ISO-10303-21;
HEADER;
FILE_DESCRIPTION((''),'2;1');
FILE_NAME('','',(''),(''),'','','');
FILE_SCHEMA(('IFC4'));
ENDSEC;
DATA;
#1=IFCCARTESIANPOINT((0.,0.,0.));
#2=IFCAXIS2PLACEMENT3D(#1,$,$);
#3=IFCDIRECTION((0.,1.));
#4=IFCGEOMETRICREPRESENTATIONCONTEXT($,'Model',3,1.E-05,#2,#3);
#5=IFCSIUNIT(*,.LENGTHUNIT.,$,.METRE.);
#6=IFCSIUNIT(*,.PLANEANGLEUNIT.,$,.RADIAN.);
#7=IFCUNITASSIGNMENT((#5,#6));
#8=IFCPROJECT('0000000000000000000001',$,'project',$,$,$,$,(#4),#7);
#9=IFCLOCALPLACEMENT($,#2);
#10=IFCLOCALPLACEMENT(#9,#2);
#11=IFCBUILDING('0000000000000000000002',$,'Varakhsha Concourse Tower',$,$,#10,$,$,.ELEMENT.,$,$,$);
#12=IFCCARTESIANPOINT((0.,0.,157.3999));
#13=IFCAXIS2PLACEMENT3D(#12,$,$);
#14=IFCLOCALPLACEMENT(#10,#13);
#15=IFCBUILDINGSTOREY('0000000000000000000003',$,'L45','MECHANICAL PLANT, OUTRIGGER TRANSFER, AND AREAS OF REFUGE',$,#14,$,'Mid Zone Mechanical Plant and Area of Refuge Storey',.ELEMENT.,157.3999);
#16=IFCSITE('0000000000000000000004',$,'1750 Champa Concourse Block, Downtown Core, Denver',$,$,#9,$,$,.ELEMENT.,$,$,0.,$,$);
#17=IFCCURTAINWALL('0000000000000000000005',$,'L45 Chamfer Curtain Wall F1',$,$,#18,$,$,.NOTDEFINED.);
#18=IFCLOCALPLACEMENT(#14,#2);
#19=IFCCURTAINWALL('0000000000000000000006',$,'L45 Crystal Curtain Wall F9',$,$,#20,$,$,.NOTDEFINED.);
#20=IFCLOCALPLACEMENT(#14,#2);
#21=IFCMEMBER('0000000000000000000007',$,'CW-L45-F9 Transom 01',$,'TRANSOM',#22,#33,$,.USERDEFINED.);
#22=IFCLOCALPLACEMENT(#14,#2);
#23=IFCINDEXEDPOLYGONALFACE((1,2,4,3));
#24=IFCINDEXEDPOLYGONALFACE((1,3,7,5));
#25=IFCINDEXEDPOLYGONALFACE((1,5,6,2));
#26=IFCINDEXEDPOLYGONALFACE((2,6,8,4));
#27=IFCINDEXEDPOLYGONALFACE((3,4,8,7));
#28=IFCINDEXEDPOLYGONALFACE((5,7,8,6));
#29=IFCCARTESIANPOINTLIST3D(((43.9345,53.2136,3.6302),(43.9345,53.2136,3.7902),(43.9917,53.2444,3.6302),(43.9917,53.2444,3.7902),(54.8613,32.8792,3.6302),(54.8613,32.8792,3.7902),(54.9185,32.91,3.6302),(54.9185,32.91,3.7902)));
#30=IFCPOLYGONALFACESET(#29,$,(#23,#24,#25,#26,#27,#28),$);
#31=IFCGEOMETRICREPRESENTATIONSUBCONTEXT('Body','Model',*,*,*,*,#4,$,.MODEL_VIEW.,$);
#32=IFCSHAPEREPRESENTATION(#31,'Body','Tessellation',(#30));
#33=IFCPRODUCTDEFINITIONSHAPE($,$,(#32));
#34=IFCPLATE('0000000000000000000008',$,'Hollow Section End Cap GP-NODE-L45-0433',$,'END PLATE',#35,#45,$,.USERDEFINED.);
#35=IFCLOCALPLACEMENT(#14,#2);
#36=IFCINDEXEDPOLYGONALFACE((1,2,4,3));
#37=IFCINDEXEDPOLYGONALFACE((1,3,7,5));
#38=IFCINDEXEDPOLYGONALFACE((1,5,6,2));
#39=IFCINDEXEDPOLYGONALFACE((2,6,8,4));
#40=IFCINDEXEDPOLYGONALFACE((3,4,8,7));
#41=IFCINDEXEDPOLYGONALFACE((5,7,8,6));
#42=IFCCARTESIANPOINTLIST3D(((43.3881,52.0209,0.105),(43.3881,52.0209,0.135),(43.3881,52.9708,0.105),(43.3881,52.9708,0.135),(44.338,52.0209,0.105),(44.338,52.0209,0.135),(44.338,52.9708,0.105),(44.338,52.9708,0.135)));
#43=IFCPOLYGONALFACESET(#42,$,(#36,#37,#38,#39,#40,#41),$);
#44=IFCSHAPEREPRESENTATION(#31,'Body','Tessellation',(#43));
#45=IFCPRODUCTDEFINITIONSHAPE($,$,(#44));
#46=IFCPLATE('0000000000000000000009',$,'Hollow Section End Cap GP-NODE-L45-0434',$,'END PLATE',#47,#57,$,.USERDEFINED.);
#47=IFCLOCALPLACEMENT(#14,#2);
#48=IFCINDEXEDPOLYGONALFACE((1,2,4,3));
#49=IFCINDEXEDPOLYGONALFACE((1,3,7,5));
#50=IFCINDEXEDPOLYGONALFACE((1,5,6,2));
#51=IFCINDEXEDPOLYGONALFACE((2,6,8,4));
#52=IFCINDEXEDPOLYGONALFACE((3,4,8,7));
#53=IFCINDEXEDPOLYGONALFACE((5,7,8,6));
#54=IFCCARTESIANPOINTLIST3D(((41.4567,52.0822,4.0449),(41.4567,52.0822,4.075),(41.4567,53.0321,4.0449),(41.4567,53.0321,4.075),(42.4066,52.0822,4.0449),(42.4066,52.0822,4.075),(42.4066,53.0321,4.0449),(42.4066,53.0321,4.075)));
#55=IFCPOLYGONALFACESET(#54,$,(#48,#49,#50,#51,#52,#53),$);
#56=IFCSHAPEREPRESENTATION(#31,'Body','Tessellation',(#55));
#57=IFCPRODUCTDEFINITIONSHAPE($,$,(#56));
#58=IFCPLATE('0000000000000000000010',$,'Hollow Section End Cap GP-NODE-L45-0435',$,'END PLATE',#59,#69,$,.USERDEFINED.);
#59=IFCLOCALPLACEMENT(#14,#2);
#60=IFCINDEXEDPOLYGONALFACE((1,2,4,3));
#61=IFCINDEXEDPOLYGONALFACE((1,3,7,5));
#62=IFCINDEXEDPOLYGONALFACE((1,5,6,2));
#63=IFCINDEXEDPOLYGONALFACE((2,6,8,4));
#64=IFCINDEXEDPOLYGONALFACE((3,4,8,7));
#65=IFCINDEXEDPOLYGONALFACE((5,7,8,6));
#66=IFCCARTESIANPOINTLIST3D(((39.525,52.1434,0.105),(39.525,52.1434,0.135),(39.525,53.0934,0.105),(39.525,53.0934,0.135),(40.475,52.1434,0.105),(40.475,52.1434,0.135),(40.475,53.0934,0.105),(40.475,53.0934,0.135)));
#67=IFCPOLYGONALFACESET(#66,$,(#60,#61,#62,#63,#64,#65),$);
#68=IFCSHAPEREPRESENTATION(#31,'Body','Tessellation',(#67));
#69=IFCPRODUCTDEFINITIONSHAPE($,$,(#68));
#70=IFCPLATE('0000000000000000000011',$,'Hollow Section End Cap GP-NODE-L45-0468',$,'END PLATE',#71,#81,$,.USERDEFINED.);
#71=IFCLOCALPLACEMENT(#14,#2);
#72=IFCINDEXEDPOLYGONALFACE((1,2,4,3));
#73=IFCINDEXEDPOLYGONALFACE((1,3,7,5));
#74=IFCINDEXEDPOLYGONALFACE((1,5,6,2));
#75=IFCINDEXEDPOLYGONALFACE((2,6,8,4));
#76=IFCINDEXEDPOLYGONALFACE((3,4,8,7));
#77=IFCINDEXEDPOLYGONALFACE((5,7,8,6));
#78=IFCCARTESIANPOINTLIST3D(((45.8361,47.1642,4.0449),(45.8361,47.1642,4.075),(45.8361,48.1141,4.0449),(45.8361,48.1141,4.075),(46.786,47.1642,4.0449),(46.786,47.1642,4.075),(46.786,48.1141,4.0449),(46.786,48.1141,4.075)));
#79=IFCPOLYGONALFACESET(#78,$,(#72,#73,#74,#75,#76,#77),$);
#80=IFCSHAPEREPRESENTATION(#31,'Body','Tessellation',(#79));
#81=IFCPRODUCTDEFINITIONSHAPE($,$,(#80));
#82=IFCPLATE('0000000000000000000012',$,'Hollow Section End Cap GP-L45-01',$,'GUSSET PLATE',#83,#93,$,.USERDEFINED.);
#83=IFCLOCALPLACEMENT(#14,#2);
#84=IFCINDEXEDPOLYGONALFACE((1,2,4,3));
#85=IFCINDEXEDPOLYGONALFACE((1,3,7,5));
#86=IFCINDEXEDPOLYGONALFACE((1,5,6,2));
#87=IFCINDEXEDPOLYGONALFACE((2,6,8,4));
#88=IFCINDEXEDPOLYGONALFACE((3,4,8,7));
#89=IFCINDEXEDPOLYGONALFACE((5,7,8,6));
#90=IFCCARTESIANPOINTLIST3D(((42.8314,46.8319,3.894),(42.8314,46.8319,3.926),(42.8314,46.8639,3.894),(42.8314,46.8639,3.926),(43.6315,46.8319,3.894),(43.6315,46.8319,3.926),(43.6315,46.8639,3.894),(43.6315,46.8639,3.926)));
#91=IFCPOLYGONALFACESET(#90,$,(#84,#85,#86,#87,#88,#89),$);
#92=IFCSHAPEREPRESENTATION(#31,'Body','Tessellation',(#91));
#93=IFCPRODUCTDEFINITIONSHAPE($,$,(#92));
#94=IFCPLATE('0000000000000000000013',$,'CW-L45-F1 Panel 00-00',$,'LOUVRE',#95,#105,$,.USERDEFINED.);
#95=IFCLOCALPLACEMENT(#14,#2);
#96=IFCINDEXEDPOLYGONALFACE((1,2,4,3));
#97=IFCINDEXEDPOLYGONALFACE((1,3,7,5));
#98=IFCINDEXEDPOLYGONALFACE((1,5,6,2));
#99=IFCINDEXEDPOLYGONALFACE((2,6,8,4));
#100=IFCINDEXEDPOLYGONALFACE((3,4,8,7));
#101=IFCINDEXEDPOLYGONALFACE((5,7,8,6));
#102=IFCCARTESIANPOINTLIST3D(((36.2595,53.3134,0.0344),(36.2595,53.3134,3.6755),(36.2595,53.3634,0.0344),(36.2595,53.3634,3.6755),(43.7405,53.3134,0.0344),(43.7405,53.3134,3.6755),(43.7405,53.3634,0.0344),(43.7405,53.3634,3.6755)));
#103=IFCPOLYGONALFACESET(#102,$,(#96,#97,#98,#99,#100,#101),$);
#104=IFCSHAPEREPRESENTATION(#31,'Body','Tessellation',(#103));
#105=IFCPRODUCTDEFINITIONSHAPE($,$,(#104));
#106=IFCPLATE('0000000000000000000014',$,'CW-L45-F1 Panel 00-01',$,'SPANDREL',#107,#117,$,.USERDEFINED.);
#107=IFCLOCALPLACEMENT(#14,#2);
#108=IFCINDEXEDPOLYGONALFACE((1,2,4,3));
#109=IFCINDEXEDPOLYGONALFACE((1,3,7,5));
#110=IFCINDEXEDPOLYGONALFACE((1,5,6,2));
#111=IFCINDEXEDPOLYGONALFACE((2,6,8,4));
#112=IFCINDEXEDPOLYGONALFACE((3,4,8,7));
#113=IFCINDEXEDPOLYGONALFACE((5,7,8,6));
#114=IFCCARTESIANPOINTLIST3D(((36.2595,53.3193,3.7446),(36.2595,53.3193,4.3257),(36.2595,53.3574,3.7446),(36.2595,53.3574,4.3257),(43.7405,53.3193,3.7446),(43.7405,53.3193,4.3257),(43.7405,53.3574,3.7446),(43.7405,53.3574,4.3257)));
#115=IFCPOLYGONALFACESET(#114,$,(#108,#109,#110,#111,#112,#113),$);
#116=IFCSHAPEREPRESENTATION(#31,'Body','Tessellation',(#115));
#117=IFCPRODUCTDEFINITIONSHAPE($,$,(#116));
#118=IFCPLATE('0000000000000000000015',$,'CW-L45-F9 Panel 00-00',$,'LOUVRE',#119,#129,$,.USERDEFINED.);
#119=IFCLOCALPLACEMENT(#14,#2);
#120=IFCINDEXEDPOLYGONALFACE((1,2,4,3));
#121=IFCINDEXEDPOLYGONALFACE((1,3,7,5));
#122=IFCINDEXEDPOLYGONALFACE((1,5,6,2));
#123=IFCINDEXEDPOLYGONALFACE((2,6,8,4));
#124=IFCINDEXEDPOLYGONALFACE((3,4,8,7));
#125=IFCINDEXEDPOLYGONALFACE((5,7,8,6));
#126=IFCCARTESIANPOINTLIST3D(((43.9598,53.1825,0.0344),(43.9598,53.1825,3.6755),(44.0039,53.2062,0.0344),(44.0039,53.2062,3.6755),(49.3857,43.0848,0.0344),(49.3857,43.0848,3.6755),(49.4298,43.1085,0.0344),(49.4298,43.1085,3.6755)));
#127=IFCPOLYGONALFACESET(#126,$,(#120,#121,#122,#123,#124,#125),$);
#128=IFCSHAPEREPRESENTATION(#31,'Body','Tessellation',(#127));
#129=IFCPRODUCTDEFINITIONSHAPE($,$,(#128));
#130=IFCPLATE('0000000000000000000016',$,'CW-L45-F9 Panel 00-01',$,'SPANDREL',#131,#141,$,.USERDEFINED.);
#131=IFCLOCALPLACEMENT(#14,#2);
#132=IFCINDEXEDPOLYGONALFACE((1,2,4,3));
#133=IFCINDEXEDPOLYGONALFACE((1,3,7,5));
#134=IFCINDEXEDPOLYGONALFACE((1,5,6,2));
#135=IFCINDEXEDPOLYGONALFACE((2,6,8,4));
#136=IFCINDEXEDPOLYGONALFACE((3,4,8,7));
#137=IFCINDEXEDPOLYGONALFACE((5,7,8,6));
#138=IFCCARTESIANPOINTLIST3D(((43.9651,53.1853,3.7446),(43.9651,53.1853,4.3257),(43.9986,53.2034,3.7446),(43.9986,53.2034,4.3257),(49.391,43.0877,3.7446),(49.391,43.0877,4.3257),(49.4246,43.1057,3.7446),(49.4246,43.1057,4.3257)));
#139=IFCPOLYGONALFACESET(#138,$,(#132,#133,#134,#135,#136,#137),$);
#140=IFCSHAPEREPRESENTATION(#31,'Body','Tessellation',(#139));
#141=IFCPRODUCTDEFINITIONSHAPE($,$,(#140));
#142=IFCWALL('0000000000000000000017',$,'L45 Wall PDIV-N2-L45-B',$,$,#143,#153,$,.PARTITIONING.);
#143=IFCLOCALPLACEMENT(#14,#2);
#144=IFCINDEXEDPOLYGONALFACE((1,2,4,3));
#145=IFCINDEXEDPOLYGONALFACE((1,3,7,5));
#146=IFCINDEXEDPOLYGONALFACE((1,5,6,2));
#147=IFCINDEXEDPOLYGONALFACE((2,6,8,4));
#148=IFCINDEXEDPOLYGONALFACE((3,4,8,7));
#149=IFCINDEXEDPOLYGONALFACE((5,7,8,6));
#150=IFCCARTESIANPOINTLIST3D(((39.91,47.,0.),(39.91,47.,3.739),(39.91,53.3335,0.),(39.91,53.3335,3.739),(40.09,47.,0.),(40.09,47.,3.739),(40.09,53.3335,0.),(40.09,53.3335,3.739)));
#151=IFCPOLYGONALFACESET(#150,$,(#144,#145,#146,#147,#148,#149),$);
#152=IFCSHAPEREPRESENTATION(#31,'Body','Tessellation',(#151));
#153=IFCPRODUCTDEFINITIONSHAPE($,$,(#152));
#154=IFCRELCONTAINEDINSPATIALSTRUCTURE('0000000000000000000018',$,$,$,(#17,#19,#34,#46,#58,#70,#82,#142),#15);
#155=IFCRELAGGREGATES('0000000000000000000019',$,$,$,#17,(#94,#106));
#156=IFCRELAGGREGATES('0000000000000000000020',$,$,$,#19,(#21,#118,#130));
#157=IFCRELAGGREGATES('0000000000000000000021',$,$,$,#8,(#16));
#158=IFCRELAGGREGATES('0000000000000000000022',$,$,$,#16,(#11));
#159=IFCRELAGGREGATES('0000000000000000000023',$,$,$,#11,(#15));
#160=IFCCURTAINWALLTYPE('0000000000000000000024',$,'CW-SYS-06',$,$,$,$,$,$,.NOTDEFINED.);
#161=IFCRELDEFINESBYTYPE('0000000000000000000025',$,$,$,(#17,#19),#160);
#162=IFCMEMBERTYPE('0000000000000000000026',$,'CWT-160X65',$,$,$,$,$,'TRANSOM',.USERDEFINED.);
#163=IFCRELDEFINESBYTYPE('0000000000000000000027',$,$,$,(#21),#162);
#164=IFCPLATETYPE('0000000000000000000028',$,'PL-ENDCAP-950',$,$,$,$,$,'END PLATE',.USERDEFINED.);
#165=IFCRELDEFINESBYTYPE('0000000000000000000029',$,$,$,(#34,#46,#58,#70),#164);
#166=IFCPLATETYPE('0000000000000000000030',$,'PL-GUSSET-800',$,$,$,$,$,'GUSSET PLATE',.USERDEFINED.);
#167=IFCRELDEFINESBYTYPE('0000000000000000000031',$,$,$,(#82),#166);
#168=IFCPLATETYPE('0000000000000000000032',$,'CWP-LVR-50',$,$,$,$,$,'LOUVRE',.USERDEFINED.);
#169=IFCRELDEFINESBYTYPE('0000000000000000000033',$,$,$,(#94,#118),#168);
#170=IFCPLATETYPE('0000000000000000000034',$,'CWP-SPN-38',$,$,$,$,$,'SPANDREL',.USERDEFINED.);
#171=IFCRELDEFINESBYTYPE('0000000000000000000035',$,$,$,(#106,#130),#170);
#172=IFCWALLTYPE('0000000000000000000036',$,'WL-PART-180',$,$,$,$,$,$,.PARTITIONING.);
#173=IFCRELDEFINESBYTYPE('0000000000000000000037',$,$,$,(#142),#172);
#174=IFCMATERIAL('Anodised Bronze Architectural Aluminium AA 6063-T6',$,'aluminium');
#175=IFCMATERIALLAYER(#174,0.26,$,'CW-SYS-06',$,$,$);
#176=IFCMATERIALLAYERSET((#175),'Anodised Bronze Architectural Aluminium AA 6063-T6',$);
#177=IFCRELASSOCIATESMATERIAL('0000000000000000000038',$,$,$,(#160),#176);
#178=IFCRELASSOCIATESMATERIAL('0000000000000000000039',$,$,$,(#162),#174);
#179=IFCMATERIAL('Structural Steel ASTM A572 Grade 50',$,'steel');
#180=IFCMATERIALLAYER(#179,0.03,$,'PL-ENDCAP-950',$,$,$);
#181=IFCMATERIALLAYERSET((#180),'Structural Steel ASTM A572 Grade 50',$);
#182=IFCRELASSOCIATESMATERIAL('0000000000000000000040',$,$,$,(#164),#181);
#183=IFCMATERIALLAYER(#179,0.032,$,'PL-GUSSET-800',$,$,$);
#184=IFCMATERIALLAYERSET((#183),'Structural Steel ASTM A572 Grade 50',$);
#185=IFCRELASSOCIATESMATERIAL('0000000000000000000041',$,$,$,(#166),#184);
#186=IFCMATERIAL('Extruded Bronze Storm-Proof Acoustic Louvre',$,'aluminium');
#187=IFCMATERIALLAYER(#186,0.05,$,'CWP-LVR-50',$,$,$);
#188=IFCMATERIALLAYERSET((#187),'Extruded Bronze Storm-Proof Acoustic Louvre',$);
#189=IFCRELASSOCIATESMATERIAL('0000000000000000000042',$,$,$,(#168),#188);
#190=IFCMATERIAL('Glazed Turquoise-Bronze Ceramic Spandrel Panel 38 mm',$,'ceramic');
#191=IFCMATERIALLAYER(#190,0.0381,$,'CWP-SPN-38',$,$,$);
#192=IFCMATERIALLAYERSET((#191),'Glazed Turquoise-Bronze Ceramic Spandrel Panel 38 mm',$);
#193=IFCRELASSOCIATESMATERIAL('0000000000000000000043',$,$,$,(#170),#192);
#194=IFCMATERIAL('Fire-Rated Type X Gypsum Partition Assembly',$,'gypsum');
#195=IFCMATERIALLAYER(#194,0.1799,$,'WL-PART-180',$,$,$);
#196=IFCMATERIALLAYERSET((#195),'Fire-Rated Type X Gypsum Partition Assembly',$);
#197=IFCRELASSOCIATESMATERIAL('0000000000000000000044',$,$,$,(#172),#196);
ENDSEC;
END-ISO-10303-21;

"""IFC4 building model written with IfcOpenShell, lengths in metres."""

from ifc_helpers import new_model, si_unit, direction, frame, frame_2d, origin, origin_2d, place, context, subcontext, project, spatial, rectangle, extrude, source, transform, mapped, material, layer, layer_set, material_profile, profile_set, type_object, type_shapes, element, aggregate, save


model = new_model("IFC4")

# Units and contexts
model_context = context("Model", 3, precision=1e-05, world=origin(), true_north=direction((0.0, 1.0)))
body_context = subcontext(model_context, "Body", "Model", "MODEL_VIEW")
ifc_project = project(units=[si_unit("LENGTHUNIT", "METRE"), si_unit("PLANEANGLEUNIT", "RADIAN")], contexts=[model_context])

# Site, building, storey
site_placement = place(None, origin())
site = spatial("IfcSite", under=ifc_project, at=site_placement, Name="1750 Champa Concourse Block, Downtown Core, Denver", CompositionType="ELEMENT", RefElevation=0.0)
building_placement = place(site_placement, origin())
building = spatial("IfcBuilding", under=site, at=building_placement, Name="Varakhsha Concourse Tower", CompositionType="ELEMENT")
storey_placement = place(building_placement, frame((0.0, 0.0, 157.3999)))
storey = spatial("IfcBuildingStorey", under=building, at=storey_placement, Name="L45", Description="MECHANICAL PLANT, OUTRIGGER TRANSFER, AND AREAS OF REFUGE", LongName="Mid Zone Mechanical Plant and Area of Refuge Storey", CompositionType="ELEMENT", Elevation=157.3999)

# Shared definitions
ifc_material_1 = material(Name="Structural Steel ASTM A572 Grade 50", Category="steel")

# Curtain wall
ifc_material_2 = material(Name="Anodised Bronze Architectural Aluminium AA 6063-T6", Category="aluminium")
ifc_layer_1 = layer(ifc_material_2, 0.26, Name="CW-SYS-06")
ifc_layer_set_1 = layer_set([ifc_layer_1], Name="Anodised Bronze Architectural Aluminium AA 6063-T6")
curtain_wall_type = type_object("IfcCurtainWallType", Name="CW-SYS-06", PredefinedType="NOTDEFINED", material=ifc_layer_set_1)
curtain_wall_1_placement = place(storey_placement, origin())
curtain_wall_1 = element("IfcCurtainWall", 1, at=curtain_wall_1_placement, inside=storey, type_object=curtain_wall_type, Name="L45 Chamfer Curtain Wall F1", PredefinedType="NOTDEFINED")

# Curtain wall, member
curtain_wall_2_placement = place(storey_placement, origin())
curtain_wall_2 = element("IfcCurtainWall", 2, at=curtain_wall_2_placement, inside=storey, type_object=curtain_wall_type, Name="L45 Crystal Curtain Wall F9", PredefinedType="NOTDEFINED")
ifc_material_profile_1 = material_profile(ifc_material_2, rectangle(XDim=0.0649, YDim=0.1599, at=origin_2d()), Name="CWT-160X65")
ifc_profile_set_1 = profile_set([ifc_material_profile_1], Name="Anodised Bronze Architectural Aluminium AA 6063-T6")
member_type_1 = type_object("IfcMemberType", Name="CWT-160X65", ElementType="TRANSOM", PredefinedType="USERDEFINED", material=ifc_profile_set_1)
shared_shape_1 = source(origin(), body_context, "Body", "SweptSolid", [
    extrude(rectangle(XDim=0.0649, YDim=0.1599, at=origin_2d()), origin(), (0.0, 0.0, 1.0), 23.0842),
])
type_shapes(member_type_1, [shared_shape_1])
member_1_placement = place(storey_placement, frame((43.9631, 53.229, 3.7102), z_axis=(0.473342, -0.880879, 0.0), x_axis=(0.880879, 0.473342, 0.0)))
member_1 = element("IfcMember", 3, at=member_1_placement, type_object=member_type_1, Name="CW-L45-F9 Transom 01", ObjectType="TRANSOM", PredefinedType="USERDEFINED", context=body_context, shape_type="MappedRepresentation", body=[
    mapped(shared_shape_1, transform((0.0, 0.0, 0.0), scale=1.0)),
])

# Plates
ifc_layer_2 = layer(ifc_material_1, 0.03, Name="PL-ENDCAP-950")
ifc_layer_set_2 = layer_set([ifc_layer_2], Name="Structural Steel ASTM A572 Grade 50")
plate_type_1 = type_object("IfcPlateType", Name="PL-ENDCAP-950", ElementType="END PLATE", PredefinedType="USERDEFINED", material=ifc_layer_set_2)
shared_shape_2 = source(origin(), body_context, "Body", "SweptSolid", [
    extrude(rectangle(XDim=0.95, YDim=0.95, at=origin_2d()), origin(), (0.0, 0.0, 1.0), 0.03),
])
type_shapes(plate_type_1, [shared_shape_2])
for number, where, z_axis, x_axis, name in (
    (4, (43.863, 52.4958, 0.105), (0.0, 0.0, 1.0), (1.0, 0.0, 0.0), "Hollow Section End Cap GP-NODE-L45-0433"),
    (5, (41.9316, 52.5571, 4.0449), (0.0, 0.0, 1.0), (1.0, 0.0, 0.0), "Hollow Section End Cap GP-NODE-L45-0434"),
    (6, (40.0, 52.6184, 0.105), (0.0, 0.0, 1.0), (1.0, 0.0, 0.0), "Hollow Section End Cap GP-NODE-L45-0435"),
    (7, (46.311, 47.6392, 4.0449), (0.0, 0.0, 1.0), (1.0, 0.0, 0.0), "Hollow Section End Cap GP-NODE-L45-0468"),
):
    element("IfcPlate", number, at=place(storey_placement, frame(where, z_axis=z_axis, x_axis=x_axis)), inside=storey, type_object=plate_type_1, Name=name, ObjectType="END PLATE", PredefinedType="USERDEFINED", context=body_context, shape_type="MappedRepresentation", body=[
        mapped(shared_shape_2, transform((0.0, 0.0, 0.0), scale=1.0)),
    ])
ifc_layer_3 = layer(ifc_material_1, 0.032, Name="PL-GUSSET-800")
ifc_layer_set_3 = layer_set([ifc_layer_3], Name="Structural Steel ASTM A572 Grade 50")
plate_type_2 = type_object("IfcPlateType", Name="PL-GUSSET-800", ElementType="GUSSET PLATE", PredefinedType="USERDEFINED", material=ifc_layer_set_3)
shared_shape_3 = source(origin(), body_context, "Body", "SweptSolid", [
    extrude(rectangle(XDim=0.8, YDim=0.032, at=origin_2d()), origin(), (0.0, 0.0, 1.0), 0.032),
])
type_shapes(plate_type_2, [shared_shape_3])
plate_1_placement = place(storey_placement, frame((43.2314, 46.8479, 3.894), z_axis=(0.0, 0.0, 1.0), x_axis=(1.0, 0.0, 0.0)))
element("IfcPlate", 8, at=plate_1_placement, inside=storey, type_object=plate_type_2, Name="Hollow Section End Cap GP-L45-01", ObjectType="GUSSET PLATE", PredefinedType="USERDEFINED", context=body_context, shape_type="MappedRepresentation", body=[
    mapped(shared_shape_3, transform((0.0, 0.0, 0.0), scale=1.0)),
])

# Plates
ifc_material_3 = material(Name="Extruded Bronze Storm-Proof Acoustic Louvre", Category="aluminium")
ifc_layer_4 = layer(ifc_material_3, 0.05, Name="CWP-LVR-50")
ifc_layer_set_4 = layer_set([ifc_layer_4], Name="Extruded Bronze Storm-Proof Acoustic Louvre")
plate_type_3 = type_object("IfcPlateType", Name="CWP-LVR-50", ElementType="LOUVRE", PredefinedType="USERDEFINED", material=ifc_layer_set_4)
shared_shape_4 = source(origin(), body_context, "Body", "SweptSolid", [
    extrude(rectangle(XDim=7.481, YDim=0.05, at=origin_2d()), origin(), (0.0, 0.0, 1.0), 3.6411),
])
plate_2_placement = place(storey_placement, frame((40.0, 53.3384, 0.0344), z_axis=(0.0, 0.0, 1.0), x_axis=(1.0, 0.0, 0.0)))
plate_2 = element("IfcPlate", 9, at=plate_2_placement, type_object=plate_type_3, Name="CW-L45-F1 Panel 00-00", ObjectType="LOUVRE", PredefinedType="USERDEFINED", context=body_context, shape_type="MappedRepresentation", body=[
    mapped(shared_shape_4, transform((0.0, 0.0, 0.0), scale=1.0)),
])
ifc_material_4 = material(Name="Glazed Turquoise-Bronze Ceramic Spandrel Panel 38 mm", Category="ceramic")
ifc_layer_5 = layer(ifc_material_4, 0.0381, Name="CWP-SPN-38")
ifc_layer_set_5 = layer_set([ifc_layer_5], Name="Glazed Turquoise-Bronze Ceramic Spandrel Panel 38 mm")
plate_type_4 = type_object("IfcPlateType", Name="CWP-SPN-38", ElementType="SPANDREL", PredefinedType="USERDEFINED", material=ifc_layer_set_5)
shared_shape_5 = source(origin(), body_context, "Body", "SweptSolid", [
    extrude(rectangle(XDim=7.481, YDim=0.0381, at=origin_2d()), origin(), (0.0, 0.0, 1.0), 0.5811),
])
plate_3_placement = place(storey_placement, frame((40.0, 53.3384, 3.7446), z_axis=(0.0, 0.0, 1.0), x_axis=(1.0, 0.0, 0.0)))
plate_3 = element("IfcPlate", 10, at=plate_3_placement, type_object=plate_type_4, Name="CW-L45-F1 Panel 00-01", ObjectType="SPANDREL", PredefinedType="USERDEFINED", context=body_context, shape_type="MappedRepresentation", body=[
    mapped(shared_shape_5, transform((0.0, 0.0, 0.0), scale=1.0)),
])
aggregate(curtain_wall_1, [plate_2, plate_3])
shared_shape_6 = source(origin(), body_context, "Body", "SweptSolid", [
    extrude(rectangle(XDim=11.4631, YDim=0.05, at=origin_2d()), origin(), (0.0, 0.0, 1.0), 3.6411),
])
type_shapes(plate_type_3, [shared_shape_4, shared_shape_6])
plate_4_placement = place(storey_placement, frame((46.6948, 48.1455, 0.0344), z_axis=(0.0, 0.0, 1.0), x_axis=(0.473335, -0.880882, 0.0)))
plate_4 = element("IfcPlate", 11, at=plate_4_placement, type_object=plate_type_3, Name="CW-L45-F9 Panel 00-00", ObjectType="LOUVRE", PredefinedType="USERDEFINED", context=body_context, shape_type="MappedRepresentation", body=[
    mapped(shared_shape_6, transform((0.0, 0.0, 0.0), scale=1.0)),
])
shared_shape_7 = source(origin(), body_context, "Body", "SweptSolid", [
    extrude(rectangle(XDim=11.4631, YDim=0.0381, at=origin_2d()), origin(), (0.0, 0.0, 1.0), 0.5811),
])
type_shapes(plate_type_4, [shared_shape_5, shared_shape_7])
plate_5_placement = place(storey_placement, frame((46.6948, 48.1455, 3.7446), z_axis=(0.0, 0.0, 1.0), x_axis=(0.473335, -0.880882, 0.0)))
plate_5 = element("IfcPlate", 12, at=plate_5_placement, type_object=plate_type_4, Name="CW-L45-F9 Panel 00-01", ObjectType="SPANDREL", PredefinedType="USERDEFINED", context=body_context, shape_type="MappedRepresentation", body=[
    mapped(shared_shape_7, transform((0.0, 0.0, 0.0), scale=1.0)),
])
aggregate(curtain_wall_2, [member_1, plate_4, plate_5])

# Wall
ifc_material_5 = material(Name="Fire-Rated Type X Gypsum Partition Assembly", Category="gypsum")
ifc_layer_6 = layer(ifc_material_5, 0.1799, Name="WL-PART-180")
ifc_layer_set_6 = layer_set([ifc_layer_6], Name="Fire-Rated Type X Gypsum Partition Assembly")
wall_type = type_object("IfcWallType", Name="WL-PART-180", PredefinedType="PARTITIONING", material=ifc_layer_set_6)
wall_placement = place(storey_placement, frame((40.0, 47.0, 0.0), z_axis=(0.0, 0.0, 1.0), x_axis=(0.0, 1.0, 0.0)))
element("IfcWall", 13, at=wall_placement, inside=storey, type_object=wall_type, Name="L45 Wall PDIV-N2-L45-B", PredefinedType="PARTITIONING", context=body_context, shape_type="SweptSolid", body=[
    extrude(rectangle(XDim=6.3335, YDim=0.1799, at=frame_2d((3.1667, 0.0))), origin(), (0.0, 0.0, 1.0), 3.739),
])

save(model, "model.ifc")
